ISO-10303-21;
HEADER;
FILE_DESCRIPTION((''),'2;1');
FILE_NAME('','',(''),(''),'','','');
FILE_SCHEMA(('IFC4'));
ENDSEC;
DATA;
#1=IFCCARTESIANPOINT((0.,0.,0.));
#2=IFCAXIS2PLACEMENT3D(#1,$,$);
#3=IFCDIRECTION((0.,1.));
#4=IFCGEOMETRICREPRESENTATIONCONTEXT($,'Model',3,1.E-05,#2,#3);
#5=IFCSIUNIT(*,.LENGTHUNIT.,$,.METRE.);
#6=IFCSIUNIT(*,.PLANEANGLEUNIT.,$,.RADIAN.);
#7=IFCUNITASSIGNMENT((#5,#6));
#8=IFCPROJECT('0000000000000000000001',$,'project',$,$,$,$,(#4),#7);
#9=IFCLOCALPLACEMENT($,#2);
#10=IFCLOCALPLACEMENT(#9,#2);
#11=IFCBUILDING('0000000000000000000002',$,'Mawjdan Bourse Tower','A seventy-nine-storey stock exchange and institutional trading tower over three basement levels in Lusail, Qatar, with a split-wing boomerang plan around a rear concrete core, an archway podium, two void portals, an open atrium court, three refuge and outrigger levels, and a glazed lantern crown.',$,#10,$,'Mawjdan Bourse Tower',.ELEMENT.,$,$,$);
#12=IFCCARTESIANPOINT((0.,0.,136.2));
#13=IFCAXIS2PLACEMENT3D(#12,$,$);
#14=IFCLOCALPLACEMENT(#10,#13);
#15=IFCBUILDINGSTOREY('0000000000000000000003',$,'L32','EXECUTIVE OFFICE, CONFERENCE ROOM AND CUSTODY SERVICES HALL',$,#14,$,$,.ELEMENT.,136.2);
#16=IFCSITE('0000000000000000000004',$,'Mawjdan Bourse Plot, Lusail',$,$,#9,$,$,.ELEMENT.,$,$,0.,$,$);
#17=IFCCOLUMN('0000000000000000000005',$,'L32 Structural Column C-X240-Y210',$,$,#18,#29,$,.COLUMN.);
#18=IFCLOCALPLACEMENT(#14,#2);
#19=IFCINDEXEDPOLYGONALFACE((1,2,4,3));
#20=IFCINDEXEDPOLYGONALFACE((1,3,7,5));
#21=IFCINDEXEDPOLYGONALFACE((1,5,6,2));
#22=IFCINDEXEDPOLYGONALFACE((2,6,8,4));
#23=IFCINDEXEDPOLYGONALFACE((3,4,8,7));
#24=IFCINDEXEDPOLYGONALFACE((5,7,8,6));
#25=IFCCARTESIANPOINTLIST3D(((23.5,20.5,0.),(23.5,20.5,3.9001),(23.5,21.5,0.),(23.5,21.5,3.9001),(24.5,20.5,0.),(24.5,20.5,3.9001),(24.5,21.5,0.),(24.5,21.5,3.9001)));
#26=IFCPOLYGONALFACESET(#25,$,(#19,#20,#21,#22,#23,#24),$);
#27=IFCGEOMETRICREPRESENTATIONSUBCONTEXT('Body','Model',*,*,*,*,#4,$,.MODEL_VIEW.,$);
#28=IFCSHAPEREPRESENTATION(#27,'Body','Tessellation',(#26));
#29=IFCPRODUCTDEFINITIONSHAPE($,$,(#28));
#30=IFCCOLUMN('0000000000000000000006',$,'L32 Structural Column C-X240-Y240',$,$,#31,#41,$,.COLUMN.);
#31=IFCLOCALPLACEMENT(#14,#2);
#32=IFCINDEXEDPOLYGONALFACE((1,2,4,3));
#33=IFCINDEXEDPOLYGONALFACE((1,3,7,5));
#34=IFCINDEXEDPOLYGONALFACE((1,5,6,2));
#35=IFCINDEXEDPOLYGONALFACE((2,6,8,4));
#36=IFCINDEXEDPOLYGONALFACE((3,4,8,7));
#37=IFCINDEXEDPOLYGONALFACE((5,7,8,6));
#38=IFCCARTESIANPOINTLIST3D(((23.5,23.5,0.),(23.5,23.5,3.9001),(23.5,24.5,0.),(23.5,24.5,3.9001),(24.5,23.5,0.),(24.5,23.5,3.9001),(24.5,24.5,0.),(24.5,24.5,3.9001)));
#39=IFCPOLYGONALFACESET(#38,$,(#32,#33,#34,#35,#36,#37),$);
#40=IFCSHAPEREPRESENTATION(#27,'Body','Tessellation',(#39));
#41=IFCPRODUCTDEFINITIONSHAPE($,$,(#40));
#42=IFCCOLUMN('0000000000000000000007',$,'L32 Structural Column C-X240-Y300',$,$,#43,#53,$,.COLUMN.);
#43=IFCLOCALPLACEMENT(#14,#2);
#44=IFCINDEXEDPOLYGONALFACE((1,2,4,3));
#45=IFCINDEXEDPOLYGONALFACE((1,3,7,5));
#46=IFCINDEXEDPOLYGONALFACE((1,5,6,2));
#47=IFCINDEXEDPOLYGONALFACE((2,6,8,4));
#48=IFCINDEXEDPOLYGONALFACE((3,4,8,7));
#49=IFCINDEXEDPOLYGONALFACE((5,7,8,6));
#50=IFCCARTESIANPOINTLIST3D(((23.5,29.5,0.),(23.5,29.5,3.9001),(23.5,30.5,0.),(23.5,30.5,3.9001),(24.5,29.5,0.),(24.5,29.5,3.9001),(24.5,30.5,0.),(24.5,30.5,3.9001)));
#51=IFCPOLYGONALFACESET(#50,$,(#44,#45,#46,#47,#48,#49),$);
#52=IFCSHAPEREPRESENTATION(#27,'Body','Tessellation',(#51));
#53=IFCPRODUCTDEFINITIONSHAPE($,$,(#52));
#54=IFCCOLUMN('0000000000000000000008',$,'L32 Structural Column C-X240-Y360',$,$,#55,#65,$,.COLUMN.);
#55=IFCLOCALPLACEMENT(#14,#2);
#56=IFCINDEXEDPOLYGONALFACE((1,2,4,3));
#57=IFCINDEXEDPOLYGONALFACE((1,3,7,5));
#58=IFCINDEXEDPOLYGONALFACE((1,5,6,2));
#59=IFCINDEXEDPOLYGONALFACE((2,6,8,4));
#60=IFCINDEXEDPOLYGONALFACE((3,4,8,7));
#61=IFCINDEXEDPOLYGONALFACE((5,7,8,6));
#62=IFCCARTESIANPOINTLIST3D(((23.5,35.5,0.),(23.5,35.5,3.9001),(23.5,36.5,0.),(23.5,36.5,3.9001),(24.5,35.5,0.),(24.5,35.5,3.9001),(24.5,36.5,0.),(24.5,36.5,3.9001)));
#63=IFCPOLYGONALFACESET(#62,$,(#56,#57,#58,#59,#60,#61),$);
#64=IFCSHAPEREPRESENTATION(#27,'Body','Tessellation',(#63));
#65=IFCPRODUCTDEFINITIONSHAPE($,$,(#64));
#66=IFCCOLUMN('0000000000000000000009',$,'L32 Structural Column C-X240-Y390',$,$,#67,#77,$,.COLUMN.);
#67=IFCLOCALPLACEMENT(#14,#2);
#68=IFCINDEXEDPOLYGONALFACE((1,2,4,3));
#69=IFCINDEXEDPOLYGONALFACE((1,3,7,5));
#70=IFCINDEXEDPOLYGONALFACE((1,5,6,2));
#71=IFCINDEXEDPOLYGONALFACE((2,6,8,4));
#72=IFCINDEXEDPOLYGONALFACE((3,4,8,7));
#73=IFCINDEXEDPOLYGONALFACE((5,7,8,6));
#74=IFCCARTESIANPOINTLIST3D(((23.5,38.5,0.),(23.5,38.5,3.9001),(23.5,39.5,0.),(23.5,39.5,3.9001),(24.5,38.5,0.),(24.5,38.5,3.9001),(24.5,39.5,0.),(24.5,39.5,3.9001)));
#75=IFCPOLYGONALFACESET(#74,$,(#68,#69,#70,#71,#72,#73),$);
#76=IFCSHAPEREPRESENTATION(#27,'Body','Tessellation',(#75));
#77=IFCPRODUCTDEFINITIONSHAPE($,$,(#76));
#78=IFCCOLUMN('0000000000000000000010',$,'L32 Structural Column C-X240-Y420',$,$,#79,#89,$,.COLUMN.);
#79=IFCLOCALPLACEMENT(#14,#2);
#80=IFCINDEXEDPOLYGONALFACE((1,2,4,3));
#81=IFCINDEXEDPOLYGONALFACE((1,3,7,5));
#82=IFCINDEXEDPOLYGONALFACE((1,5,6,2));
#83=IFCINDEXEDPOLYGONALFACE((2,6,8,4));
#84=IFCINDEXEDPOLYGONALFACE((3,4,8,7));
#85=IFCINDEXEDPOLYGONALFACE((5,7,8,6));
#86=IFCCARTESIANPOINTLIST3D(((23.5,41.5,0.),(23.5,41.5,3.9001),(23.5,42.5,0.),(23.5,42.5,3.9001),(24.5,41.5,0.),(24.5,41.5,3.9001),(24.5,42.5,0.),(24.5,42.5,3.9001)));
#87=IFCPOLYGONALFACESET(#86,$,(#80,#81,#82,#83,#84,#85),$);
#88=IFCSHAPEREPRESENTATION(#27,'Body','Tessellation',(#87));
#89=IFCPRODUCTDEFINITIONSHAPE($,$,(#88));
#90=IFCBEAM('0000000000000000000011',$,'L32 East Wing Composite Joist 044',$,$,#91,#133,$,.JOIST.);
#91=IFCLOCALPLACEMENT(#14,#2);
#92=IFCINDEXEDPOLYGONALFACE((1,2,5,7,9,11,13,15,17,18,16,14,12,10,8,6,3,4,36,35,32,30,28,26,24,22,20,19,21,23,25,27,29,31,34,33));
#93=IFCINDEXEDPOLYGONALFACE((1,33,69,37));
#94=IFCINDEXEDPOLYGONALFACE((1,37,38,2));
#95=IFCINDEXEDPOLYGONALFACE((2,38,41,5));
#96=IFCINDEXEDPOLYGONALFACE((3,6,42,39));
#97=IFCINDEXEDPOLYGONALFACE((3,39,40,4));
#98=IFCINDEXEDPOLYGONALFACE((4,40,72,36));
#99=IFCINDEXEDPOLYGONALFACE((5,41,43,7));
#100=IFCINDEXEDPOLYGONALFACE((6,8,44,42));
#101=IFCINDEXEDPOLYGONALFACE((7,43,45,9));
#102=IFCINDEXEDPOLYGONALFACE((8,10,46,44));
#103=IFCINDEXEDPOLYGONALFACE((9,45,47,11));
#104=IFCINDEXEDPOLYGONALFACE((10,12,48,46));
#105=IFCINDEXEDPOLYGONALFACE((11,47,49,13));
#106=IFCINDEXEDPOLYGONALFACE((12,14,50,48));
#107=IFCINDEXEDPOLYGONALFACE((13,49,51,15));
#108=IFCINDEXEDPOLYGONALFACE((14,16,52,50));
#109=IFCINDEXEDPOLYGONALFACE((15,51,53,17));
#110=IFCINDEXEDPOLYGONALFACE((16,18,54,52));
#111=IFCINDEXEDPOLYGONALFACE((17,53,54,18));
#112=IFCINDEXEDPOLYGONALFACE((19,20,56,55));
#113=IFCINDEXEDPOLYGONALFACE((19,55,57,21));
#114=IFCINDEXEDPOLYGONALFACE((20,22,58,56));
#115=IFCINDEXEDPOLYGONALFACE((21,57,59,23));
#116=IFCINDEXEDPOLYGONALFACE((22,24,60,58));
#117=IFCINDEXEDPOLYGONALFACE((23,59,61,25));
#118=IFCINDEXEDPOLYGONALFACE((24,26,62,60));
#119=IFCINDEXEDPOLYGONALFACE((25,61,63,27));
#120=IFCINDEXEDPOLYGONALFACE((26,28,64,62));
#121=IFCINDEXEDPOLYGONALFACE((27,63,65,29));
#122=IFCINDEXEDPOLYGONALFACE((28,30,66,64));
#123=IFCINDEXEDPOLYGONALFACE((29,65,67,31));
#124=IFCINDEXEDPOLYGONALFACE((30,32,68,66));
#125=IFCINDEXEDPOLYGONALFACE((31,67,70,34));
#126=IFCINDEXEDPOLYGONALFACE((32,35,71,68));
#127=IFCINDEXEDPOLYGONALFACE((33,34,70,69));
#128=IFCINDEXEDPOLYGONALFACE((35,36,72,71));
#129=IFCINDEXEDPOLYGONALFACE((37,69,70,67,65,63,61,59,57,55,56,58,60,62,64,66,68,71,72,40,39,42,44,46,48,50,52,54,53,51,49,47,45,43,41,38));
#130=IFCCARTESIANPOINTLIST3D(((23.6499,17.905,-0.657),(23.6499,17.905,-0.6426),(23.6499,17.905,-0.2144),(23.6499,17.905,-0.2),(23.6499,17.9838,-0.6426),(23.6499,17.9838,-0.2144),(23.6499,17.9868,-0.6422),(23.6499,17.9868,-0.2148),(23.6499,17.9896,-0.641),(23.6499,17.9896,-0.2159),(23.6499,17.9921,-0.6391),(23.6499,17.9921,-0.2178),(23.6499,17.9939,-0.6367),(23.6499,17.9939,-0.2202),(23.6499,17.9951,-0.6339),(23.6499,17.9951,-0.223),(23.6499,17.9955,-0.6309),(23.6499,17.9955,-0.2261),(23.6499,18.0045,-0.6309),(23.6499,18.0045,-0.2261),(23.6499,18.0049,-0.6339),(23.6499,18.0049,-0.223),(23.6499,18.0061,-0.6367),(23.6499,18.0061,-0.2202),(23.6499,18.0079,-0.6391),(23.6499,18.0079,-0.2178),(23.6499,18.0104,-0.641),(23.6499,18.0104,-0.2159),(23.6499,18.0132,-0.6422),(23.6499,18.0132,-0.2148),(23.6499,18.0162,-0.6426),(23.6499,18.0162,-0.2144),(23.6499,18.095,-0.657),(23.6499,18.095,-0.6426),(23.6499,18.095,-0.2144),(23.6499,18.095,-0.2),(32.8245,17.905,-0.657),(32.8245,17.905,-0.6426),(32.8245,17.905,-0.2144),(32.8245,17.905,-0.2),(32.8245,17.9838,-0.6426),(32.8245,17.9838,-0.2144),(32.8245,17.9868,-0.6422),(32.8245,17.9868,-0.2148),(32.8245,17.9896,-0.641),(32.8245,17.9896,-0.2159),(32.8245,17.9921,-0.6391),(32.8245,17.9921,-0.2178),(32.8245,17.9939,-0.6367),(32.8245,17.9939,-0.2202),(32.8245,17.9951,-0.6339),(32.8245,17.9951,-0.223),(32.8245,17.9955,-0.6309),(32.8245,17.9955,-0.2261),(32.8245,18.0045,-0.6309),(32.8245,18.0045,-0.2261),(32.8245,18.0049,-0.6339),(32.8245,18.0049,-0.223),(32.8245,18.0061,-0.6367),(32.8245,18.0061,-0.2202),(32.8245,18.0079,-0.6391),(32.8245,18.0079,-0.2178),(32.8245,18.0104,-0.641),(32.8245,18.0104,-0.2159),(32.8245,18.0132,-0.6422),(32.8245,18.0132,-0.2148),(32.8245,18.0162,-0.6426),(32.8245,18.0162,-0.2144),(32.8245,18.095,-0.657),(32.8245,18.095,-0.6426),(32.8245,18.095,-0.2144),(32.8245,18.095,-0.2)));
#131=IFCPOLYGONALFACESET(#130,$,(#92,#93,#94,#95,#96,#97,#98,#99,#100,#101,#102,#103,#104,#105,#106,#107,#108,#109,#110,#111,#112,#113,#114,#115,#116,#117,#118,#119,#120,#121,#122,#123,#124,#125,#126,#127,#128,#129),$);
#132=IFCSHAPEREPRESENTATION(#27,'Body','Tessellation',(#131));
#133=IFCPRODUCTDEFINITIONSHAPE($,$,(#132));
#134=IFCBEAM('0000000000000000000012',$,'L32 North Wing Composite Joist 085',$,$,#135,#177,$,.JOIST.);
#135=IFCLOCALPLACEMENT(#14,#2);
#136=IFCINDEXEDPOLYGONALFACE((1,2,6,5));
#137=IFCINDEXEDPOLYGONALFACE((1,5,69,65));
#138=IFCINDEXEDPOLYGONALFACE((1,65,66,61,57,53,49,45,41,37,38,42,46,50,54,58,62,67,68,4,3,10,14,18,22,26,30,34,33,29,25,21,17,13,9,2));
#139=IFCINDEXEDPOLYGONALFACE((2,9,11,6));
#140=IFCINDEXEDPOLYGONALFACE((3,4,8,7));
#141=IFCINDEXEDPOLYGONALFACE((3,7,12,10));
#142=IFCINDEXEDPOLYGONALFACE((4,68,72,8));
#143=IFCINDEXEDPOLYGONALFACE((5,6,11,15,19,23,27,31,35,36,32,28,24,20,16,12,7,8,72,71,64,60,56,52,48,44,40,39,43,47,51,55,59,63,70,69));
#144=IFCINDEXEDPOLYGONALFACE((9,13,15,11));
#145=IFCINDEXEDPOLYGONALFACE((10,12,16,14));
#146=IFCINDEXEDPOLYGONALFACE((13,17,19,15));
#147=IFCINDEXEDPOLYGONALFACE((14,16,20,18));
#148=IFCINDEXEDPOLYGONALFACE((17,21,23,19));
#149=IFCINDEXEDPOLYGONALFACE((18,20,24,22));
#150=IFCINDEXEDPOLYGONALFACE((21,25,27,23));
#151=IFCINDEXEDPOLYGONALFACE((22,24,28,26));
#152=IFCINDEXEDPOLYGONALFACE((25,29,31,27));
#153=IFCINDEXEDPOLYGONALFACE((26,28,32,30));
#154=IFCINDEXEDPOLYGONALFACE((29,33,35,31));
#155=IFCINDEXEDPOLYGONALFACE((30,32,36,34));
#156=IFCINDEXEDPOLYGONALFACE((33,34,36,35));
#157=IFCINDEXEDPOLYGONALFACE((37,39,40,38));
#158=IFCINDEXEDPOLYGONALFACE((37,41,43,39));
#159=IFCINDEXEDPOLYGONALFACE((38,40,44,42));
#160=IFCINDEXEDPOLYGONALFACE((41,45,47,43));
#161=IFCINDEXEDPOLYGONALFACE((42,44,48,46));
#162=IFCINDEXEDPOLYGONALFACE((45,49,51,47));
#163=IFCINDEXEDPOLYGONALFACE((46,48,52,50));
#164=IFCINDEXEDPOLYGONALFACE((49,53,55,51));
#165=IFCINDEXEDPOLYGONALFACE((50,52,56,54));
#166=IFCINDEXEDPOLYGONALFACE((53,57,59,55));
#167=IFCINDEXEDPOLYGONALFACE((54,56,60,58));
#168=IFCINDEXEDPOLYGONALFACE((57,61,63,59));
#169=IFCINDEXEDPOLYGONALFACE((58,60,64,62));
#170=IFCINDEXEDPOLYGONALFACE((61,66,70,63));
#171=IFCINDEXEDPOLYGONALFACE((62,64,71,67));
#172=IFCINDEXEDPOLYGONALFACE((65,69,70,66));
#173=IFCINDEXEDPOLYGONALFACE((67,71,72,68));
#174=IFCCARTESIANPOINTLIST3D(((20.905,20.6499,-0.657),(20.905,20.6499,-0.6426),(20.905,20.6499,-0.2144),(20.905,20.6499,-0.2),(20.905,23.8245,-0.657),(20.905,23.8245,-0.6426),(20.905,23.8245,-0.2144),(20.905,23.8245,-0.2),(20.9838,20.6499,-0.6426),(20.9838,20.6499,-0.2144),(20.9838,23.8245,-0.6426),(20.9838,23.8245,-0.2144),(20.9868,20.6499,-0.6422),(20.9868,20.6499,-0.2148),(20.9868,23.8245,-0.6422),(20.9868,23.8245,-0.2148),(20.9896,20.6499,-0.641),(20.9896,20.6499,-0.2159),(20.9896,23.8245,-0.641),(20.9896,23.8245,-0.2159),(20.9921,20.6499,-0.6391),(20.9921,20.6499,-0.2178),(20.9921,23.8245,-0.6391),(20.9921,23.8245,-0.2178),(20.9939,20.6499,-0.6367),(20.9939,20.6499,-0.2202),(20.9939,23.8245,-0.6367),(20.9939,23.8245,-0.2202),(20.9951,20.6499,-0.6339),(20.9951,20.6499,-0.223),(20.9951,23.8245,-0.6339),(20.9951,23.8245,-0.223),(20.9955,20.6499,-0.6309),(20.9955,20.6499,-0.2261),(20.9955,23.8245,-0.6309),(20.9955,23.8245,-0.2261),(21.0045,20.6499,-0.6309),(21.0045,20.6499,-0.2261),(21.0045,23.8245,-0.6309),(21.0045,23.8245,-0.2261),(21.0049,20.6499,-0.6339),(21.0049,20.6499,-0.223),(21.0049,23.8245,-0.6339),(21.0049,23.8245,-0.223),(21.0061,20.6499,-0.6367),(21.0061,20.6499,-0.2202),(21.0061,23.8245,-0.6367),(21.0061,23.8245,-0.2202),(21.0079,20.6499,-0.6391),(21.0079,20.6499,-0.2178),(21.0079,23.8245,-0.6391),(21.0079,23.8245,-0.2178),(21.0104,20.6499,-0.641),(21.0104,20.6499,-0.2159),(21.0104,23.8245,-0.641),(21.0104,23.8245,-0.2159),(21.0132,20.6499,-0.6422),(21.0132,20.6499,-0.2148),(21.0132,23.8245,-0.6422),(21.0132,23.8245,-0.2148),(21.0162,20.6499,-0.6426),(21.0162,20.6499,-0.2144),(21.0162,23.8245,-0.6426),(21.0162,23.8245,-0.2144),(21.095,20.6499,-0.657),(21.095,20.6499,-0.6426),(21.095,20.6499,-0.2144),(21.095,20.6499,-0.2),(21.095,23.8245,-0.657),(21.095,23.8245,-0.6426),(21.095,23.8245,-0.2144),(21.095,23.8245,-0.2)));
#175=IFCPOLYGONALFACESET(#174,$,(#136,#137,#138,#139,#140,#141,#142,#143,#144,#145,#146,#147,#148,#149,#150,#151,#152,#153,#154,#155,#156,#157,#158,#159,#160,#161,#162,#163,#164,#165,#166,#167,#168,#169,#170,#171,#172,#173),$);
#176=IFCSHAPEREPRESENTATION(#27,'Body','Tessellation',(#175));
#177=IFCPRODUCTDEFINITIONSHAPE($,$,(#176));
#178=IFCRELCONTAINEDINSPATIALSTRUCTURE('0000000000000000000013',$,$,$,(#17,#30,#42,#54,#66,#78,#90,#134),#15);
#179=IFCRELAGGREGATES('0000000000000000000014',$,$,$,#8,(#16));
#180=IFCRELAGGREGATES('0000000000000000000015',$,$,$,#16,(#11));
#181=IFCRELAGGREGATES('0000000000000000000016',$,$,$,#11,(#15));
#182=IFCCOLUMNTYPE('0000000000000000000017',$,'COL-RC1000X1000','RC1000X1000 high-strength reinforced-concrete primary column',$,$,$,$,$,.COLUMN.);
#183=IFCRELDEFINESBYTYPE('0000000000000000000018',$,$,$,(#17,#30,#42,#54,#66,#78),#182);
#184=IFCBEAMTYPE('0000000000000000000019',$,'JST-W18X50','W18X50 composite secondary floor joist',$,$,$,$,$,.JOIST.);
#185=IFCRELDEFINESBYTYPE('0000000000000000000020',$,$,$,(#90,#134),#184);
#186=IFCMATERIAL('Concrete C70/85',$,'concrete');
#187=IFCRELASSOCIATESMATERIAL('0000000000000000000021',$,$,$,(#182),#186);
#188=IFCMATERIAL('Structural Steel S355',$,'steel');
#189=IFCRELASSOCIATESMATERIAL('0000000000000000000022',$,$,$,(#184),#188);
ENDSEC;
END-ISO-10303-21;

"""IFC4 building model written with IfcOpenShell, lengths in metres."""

from ifc_helpers import new_model, si_unit, direction, frame, origin, origin_2d, place, context, subcontext, project, spatial, rectangle, i_section, extrude, material, material_profile, profile_set, type_object, element, save


model = new_model("IFC4")

# Units and contexts
model_context = context("Model", 3, precision=1e-05, world=origin(), true_north=direction((0.0, 1.0)))
body_context = subcontext(model_context, "Body", "Model", "MODEL_VIEW")
ifc_project = project(units=[si_unit("LENGTHUNIT", "METRE"), si_unit("PLANEANGLEUNIT", "RADIAN")], contexts=[model_context])

# Site, building, storey
site_placement = place(None, origin())
site = spatial("IfcSite", under=ifc_project, at=site_placement, Name="Mawjdan Bourse Plot, Lusail", CompositionType="ELEMENT", RefElevation=0.0)
building_placement = place(site_placement, origin())
building = spatial("IfcBuilding", under=site, at=building_placement, Name="Mawjdan Bourse Tower", Description="A seventy-nine-storey stock exchange and institutional trading tower over three basement levels in Lusail, Qatar, with a split-wing boomerang plan around a rear concrete core, an archway podium, two void portals, an open atrium court, three refuge and outrigger levels, and a glazed lantern crown.", LongName="Mawjdan Bourse Tower", CompositionType="ELEMENT")
storey_placement = place(building_placement, frame((0.0, 0.0, 136.2)))
storey = spatial("IfcBuildingStorey", under=building, at=storey_placement, Name="L32", Description="EXECUTIVE OFFICE, CONFERENCE ROOM AND CUSTODY SERVICES HALL", CompositionType="ELEMENT", Elevation=136.2)

# Columns
ifc_material_1 = material(Name="Concrete C70/85", Category="concrete")
ifc_material_profile_1 = material_profile(ifc_material_1, rectangle(XDim=1.0, YDim=1.0, at=origin_2d()), Name="RC1000X1000")
ifc_profile_set_1 = profile_set([ifc_material_profile_1], Name="Concrete C70/85")
column_type = type_object("IfcColumnType", Name="COL-RC1000X1000", Description="RC1000X1000 high-strength reinforced-concrete primary column", PredefinedType="COLUMN", material=ifc_profile_set_1)
for number, where, z_axis, x_axis, name in (
    (1, (24.0, 21.0, 0.0), (0.0, 0.0, 1.0), (1.0, 0.0, 0.0), "L32 Structural Column C-X240-Y210"),
    (2, (24.0, 24.0, 0.0), (0.0, 0.0, 1.0), (1.0, 0.0, 0.0), "L32 Structural Column C-X240-Y240"),
    (3, (24.0, 30.0, 0.0), (0.0, 0.0, 1.0), (1.0, 0.0, 0.0), "L32 Structural Column C-X240-Y300"),
    (4, (24.0, 36.0, 0.0), (0.0, 0.0, 1.0), (1.0, 0.0, 0.0), "L32 Structural Column C-X240-Y360"),
    (5, (24.0, 39.0, 0.0), (0.0, 0.0, 1.0), (1.0, 0.0, 0.0), "L32 Structural Column C-X240-Y390"),
    (6, (24.0, 42.0, 0.0), (0.0, 0.0, 1.0), (1.0, 0.0, 0.0), "L32 Structural Column C-X240-Y420"),
):
    element("IfcColumn", number, at=place(storey_placement, frame(where, z_axis=z_axis, x_axis=x_axis)), inside=storey, type_object=column_type, Name=name, PredefinedType="COLUMN", context=body_context, shape_type="SweptSolid", body=[
        extrude(rectangle(XDim=1.0, YDim=1.0, at=origin_2d()), origin(), (0.0, 0.0, 1.0), 3.9001),
    ])

# Beams
ifc_material_2 = material(Name="Structural Steel S355", Category="steel")
ifc_material_profile_2 = material_profile(ifc_material_2, i_section(OverallWidth=0.1899, OverallDepth=0.457, WebThickness=0.009, FlangeThickness=0.0144, FilletRadius=0.0117, at=origin_2d()), Name="W18X50")
ifc_profile_set_2 = profile_set([ifc_material_profile_2], Name="Structural Steel S355")
beam_type_1 = type_object("IfcBeamType", Name="JST-W18X50", Description="W18X50 composite secondary floor joist", PredefinedType="JOIST", material=ifc_profile_set_2)
beam_1_placement = place(storey_placement, frame((23.6499, 18.0, -0.4285), z_axis=(1.0, 0.0, 0.0), x_axis=(0.0, 1.0, 0.0)))
element("IfcBeam", 7, at=beam_1_placement, inside=storey, type_object=beam_type_1, Name="L32 East Wing Composite Joist 044", PredefinedType="JOIST", context=body_context, shape_type="SweptSolid", body=[
    extrude(i_section(OverallWidth=0.1899, OverallDepth=0.457, WebThickness=0.009, FlangeThickness=0.0144, FilletRadius=0.0117, at=origin_2d()), origin(), (0.0, 0.0, 1.0), 9.1746),
])
beam_2_placement = place(storey_placement, frame((21.0, 20.6499, -0.4285), z_axis=(0.0, 1.0, 0.0), x_axis=(-1.0, 0.0, 0.0)))
element("IfcBeam", 8, at=beam_2_placement, inside=storey, type_object=beam_type_1, Name="L32 North Wing Composite Joist 085", PredefinedType="JOIST", context=body_context, shape_type="SweptSolid", body=[
    extrude(i_section(OverallWidth=0.1899, OverallDepth=0.457, WebThickness=0.009, FlangeThickness=0.0144, FilletRadius=0.0117, at=origin_2d()), origin(), (0.0, 0.0, 1.0), 3.1746),
])

save(model, "model.ifc")
